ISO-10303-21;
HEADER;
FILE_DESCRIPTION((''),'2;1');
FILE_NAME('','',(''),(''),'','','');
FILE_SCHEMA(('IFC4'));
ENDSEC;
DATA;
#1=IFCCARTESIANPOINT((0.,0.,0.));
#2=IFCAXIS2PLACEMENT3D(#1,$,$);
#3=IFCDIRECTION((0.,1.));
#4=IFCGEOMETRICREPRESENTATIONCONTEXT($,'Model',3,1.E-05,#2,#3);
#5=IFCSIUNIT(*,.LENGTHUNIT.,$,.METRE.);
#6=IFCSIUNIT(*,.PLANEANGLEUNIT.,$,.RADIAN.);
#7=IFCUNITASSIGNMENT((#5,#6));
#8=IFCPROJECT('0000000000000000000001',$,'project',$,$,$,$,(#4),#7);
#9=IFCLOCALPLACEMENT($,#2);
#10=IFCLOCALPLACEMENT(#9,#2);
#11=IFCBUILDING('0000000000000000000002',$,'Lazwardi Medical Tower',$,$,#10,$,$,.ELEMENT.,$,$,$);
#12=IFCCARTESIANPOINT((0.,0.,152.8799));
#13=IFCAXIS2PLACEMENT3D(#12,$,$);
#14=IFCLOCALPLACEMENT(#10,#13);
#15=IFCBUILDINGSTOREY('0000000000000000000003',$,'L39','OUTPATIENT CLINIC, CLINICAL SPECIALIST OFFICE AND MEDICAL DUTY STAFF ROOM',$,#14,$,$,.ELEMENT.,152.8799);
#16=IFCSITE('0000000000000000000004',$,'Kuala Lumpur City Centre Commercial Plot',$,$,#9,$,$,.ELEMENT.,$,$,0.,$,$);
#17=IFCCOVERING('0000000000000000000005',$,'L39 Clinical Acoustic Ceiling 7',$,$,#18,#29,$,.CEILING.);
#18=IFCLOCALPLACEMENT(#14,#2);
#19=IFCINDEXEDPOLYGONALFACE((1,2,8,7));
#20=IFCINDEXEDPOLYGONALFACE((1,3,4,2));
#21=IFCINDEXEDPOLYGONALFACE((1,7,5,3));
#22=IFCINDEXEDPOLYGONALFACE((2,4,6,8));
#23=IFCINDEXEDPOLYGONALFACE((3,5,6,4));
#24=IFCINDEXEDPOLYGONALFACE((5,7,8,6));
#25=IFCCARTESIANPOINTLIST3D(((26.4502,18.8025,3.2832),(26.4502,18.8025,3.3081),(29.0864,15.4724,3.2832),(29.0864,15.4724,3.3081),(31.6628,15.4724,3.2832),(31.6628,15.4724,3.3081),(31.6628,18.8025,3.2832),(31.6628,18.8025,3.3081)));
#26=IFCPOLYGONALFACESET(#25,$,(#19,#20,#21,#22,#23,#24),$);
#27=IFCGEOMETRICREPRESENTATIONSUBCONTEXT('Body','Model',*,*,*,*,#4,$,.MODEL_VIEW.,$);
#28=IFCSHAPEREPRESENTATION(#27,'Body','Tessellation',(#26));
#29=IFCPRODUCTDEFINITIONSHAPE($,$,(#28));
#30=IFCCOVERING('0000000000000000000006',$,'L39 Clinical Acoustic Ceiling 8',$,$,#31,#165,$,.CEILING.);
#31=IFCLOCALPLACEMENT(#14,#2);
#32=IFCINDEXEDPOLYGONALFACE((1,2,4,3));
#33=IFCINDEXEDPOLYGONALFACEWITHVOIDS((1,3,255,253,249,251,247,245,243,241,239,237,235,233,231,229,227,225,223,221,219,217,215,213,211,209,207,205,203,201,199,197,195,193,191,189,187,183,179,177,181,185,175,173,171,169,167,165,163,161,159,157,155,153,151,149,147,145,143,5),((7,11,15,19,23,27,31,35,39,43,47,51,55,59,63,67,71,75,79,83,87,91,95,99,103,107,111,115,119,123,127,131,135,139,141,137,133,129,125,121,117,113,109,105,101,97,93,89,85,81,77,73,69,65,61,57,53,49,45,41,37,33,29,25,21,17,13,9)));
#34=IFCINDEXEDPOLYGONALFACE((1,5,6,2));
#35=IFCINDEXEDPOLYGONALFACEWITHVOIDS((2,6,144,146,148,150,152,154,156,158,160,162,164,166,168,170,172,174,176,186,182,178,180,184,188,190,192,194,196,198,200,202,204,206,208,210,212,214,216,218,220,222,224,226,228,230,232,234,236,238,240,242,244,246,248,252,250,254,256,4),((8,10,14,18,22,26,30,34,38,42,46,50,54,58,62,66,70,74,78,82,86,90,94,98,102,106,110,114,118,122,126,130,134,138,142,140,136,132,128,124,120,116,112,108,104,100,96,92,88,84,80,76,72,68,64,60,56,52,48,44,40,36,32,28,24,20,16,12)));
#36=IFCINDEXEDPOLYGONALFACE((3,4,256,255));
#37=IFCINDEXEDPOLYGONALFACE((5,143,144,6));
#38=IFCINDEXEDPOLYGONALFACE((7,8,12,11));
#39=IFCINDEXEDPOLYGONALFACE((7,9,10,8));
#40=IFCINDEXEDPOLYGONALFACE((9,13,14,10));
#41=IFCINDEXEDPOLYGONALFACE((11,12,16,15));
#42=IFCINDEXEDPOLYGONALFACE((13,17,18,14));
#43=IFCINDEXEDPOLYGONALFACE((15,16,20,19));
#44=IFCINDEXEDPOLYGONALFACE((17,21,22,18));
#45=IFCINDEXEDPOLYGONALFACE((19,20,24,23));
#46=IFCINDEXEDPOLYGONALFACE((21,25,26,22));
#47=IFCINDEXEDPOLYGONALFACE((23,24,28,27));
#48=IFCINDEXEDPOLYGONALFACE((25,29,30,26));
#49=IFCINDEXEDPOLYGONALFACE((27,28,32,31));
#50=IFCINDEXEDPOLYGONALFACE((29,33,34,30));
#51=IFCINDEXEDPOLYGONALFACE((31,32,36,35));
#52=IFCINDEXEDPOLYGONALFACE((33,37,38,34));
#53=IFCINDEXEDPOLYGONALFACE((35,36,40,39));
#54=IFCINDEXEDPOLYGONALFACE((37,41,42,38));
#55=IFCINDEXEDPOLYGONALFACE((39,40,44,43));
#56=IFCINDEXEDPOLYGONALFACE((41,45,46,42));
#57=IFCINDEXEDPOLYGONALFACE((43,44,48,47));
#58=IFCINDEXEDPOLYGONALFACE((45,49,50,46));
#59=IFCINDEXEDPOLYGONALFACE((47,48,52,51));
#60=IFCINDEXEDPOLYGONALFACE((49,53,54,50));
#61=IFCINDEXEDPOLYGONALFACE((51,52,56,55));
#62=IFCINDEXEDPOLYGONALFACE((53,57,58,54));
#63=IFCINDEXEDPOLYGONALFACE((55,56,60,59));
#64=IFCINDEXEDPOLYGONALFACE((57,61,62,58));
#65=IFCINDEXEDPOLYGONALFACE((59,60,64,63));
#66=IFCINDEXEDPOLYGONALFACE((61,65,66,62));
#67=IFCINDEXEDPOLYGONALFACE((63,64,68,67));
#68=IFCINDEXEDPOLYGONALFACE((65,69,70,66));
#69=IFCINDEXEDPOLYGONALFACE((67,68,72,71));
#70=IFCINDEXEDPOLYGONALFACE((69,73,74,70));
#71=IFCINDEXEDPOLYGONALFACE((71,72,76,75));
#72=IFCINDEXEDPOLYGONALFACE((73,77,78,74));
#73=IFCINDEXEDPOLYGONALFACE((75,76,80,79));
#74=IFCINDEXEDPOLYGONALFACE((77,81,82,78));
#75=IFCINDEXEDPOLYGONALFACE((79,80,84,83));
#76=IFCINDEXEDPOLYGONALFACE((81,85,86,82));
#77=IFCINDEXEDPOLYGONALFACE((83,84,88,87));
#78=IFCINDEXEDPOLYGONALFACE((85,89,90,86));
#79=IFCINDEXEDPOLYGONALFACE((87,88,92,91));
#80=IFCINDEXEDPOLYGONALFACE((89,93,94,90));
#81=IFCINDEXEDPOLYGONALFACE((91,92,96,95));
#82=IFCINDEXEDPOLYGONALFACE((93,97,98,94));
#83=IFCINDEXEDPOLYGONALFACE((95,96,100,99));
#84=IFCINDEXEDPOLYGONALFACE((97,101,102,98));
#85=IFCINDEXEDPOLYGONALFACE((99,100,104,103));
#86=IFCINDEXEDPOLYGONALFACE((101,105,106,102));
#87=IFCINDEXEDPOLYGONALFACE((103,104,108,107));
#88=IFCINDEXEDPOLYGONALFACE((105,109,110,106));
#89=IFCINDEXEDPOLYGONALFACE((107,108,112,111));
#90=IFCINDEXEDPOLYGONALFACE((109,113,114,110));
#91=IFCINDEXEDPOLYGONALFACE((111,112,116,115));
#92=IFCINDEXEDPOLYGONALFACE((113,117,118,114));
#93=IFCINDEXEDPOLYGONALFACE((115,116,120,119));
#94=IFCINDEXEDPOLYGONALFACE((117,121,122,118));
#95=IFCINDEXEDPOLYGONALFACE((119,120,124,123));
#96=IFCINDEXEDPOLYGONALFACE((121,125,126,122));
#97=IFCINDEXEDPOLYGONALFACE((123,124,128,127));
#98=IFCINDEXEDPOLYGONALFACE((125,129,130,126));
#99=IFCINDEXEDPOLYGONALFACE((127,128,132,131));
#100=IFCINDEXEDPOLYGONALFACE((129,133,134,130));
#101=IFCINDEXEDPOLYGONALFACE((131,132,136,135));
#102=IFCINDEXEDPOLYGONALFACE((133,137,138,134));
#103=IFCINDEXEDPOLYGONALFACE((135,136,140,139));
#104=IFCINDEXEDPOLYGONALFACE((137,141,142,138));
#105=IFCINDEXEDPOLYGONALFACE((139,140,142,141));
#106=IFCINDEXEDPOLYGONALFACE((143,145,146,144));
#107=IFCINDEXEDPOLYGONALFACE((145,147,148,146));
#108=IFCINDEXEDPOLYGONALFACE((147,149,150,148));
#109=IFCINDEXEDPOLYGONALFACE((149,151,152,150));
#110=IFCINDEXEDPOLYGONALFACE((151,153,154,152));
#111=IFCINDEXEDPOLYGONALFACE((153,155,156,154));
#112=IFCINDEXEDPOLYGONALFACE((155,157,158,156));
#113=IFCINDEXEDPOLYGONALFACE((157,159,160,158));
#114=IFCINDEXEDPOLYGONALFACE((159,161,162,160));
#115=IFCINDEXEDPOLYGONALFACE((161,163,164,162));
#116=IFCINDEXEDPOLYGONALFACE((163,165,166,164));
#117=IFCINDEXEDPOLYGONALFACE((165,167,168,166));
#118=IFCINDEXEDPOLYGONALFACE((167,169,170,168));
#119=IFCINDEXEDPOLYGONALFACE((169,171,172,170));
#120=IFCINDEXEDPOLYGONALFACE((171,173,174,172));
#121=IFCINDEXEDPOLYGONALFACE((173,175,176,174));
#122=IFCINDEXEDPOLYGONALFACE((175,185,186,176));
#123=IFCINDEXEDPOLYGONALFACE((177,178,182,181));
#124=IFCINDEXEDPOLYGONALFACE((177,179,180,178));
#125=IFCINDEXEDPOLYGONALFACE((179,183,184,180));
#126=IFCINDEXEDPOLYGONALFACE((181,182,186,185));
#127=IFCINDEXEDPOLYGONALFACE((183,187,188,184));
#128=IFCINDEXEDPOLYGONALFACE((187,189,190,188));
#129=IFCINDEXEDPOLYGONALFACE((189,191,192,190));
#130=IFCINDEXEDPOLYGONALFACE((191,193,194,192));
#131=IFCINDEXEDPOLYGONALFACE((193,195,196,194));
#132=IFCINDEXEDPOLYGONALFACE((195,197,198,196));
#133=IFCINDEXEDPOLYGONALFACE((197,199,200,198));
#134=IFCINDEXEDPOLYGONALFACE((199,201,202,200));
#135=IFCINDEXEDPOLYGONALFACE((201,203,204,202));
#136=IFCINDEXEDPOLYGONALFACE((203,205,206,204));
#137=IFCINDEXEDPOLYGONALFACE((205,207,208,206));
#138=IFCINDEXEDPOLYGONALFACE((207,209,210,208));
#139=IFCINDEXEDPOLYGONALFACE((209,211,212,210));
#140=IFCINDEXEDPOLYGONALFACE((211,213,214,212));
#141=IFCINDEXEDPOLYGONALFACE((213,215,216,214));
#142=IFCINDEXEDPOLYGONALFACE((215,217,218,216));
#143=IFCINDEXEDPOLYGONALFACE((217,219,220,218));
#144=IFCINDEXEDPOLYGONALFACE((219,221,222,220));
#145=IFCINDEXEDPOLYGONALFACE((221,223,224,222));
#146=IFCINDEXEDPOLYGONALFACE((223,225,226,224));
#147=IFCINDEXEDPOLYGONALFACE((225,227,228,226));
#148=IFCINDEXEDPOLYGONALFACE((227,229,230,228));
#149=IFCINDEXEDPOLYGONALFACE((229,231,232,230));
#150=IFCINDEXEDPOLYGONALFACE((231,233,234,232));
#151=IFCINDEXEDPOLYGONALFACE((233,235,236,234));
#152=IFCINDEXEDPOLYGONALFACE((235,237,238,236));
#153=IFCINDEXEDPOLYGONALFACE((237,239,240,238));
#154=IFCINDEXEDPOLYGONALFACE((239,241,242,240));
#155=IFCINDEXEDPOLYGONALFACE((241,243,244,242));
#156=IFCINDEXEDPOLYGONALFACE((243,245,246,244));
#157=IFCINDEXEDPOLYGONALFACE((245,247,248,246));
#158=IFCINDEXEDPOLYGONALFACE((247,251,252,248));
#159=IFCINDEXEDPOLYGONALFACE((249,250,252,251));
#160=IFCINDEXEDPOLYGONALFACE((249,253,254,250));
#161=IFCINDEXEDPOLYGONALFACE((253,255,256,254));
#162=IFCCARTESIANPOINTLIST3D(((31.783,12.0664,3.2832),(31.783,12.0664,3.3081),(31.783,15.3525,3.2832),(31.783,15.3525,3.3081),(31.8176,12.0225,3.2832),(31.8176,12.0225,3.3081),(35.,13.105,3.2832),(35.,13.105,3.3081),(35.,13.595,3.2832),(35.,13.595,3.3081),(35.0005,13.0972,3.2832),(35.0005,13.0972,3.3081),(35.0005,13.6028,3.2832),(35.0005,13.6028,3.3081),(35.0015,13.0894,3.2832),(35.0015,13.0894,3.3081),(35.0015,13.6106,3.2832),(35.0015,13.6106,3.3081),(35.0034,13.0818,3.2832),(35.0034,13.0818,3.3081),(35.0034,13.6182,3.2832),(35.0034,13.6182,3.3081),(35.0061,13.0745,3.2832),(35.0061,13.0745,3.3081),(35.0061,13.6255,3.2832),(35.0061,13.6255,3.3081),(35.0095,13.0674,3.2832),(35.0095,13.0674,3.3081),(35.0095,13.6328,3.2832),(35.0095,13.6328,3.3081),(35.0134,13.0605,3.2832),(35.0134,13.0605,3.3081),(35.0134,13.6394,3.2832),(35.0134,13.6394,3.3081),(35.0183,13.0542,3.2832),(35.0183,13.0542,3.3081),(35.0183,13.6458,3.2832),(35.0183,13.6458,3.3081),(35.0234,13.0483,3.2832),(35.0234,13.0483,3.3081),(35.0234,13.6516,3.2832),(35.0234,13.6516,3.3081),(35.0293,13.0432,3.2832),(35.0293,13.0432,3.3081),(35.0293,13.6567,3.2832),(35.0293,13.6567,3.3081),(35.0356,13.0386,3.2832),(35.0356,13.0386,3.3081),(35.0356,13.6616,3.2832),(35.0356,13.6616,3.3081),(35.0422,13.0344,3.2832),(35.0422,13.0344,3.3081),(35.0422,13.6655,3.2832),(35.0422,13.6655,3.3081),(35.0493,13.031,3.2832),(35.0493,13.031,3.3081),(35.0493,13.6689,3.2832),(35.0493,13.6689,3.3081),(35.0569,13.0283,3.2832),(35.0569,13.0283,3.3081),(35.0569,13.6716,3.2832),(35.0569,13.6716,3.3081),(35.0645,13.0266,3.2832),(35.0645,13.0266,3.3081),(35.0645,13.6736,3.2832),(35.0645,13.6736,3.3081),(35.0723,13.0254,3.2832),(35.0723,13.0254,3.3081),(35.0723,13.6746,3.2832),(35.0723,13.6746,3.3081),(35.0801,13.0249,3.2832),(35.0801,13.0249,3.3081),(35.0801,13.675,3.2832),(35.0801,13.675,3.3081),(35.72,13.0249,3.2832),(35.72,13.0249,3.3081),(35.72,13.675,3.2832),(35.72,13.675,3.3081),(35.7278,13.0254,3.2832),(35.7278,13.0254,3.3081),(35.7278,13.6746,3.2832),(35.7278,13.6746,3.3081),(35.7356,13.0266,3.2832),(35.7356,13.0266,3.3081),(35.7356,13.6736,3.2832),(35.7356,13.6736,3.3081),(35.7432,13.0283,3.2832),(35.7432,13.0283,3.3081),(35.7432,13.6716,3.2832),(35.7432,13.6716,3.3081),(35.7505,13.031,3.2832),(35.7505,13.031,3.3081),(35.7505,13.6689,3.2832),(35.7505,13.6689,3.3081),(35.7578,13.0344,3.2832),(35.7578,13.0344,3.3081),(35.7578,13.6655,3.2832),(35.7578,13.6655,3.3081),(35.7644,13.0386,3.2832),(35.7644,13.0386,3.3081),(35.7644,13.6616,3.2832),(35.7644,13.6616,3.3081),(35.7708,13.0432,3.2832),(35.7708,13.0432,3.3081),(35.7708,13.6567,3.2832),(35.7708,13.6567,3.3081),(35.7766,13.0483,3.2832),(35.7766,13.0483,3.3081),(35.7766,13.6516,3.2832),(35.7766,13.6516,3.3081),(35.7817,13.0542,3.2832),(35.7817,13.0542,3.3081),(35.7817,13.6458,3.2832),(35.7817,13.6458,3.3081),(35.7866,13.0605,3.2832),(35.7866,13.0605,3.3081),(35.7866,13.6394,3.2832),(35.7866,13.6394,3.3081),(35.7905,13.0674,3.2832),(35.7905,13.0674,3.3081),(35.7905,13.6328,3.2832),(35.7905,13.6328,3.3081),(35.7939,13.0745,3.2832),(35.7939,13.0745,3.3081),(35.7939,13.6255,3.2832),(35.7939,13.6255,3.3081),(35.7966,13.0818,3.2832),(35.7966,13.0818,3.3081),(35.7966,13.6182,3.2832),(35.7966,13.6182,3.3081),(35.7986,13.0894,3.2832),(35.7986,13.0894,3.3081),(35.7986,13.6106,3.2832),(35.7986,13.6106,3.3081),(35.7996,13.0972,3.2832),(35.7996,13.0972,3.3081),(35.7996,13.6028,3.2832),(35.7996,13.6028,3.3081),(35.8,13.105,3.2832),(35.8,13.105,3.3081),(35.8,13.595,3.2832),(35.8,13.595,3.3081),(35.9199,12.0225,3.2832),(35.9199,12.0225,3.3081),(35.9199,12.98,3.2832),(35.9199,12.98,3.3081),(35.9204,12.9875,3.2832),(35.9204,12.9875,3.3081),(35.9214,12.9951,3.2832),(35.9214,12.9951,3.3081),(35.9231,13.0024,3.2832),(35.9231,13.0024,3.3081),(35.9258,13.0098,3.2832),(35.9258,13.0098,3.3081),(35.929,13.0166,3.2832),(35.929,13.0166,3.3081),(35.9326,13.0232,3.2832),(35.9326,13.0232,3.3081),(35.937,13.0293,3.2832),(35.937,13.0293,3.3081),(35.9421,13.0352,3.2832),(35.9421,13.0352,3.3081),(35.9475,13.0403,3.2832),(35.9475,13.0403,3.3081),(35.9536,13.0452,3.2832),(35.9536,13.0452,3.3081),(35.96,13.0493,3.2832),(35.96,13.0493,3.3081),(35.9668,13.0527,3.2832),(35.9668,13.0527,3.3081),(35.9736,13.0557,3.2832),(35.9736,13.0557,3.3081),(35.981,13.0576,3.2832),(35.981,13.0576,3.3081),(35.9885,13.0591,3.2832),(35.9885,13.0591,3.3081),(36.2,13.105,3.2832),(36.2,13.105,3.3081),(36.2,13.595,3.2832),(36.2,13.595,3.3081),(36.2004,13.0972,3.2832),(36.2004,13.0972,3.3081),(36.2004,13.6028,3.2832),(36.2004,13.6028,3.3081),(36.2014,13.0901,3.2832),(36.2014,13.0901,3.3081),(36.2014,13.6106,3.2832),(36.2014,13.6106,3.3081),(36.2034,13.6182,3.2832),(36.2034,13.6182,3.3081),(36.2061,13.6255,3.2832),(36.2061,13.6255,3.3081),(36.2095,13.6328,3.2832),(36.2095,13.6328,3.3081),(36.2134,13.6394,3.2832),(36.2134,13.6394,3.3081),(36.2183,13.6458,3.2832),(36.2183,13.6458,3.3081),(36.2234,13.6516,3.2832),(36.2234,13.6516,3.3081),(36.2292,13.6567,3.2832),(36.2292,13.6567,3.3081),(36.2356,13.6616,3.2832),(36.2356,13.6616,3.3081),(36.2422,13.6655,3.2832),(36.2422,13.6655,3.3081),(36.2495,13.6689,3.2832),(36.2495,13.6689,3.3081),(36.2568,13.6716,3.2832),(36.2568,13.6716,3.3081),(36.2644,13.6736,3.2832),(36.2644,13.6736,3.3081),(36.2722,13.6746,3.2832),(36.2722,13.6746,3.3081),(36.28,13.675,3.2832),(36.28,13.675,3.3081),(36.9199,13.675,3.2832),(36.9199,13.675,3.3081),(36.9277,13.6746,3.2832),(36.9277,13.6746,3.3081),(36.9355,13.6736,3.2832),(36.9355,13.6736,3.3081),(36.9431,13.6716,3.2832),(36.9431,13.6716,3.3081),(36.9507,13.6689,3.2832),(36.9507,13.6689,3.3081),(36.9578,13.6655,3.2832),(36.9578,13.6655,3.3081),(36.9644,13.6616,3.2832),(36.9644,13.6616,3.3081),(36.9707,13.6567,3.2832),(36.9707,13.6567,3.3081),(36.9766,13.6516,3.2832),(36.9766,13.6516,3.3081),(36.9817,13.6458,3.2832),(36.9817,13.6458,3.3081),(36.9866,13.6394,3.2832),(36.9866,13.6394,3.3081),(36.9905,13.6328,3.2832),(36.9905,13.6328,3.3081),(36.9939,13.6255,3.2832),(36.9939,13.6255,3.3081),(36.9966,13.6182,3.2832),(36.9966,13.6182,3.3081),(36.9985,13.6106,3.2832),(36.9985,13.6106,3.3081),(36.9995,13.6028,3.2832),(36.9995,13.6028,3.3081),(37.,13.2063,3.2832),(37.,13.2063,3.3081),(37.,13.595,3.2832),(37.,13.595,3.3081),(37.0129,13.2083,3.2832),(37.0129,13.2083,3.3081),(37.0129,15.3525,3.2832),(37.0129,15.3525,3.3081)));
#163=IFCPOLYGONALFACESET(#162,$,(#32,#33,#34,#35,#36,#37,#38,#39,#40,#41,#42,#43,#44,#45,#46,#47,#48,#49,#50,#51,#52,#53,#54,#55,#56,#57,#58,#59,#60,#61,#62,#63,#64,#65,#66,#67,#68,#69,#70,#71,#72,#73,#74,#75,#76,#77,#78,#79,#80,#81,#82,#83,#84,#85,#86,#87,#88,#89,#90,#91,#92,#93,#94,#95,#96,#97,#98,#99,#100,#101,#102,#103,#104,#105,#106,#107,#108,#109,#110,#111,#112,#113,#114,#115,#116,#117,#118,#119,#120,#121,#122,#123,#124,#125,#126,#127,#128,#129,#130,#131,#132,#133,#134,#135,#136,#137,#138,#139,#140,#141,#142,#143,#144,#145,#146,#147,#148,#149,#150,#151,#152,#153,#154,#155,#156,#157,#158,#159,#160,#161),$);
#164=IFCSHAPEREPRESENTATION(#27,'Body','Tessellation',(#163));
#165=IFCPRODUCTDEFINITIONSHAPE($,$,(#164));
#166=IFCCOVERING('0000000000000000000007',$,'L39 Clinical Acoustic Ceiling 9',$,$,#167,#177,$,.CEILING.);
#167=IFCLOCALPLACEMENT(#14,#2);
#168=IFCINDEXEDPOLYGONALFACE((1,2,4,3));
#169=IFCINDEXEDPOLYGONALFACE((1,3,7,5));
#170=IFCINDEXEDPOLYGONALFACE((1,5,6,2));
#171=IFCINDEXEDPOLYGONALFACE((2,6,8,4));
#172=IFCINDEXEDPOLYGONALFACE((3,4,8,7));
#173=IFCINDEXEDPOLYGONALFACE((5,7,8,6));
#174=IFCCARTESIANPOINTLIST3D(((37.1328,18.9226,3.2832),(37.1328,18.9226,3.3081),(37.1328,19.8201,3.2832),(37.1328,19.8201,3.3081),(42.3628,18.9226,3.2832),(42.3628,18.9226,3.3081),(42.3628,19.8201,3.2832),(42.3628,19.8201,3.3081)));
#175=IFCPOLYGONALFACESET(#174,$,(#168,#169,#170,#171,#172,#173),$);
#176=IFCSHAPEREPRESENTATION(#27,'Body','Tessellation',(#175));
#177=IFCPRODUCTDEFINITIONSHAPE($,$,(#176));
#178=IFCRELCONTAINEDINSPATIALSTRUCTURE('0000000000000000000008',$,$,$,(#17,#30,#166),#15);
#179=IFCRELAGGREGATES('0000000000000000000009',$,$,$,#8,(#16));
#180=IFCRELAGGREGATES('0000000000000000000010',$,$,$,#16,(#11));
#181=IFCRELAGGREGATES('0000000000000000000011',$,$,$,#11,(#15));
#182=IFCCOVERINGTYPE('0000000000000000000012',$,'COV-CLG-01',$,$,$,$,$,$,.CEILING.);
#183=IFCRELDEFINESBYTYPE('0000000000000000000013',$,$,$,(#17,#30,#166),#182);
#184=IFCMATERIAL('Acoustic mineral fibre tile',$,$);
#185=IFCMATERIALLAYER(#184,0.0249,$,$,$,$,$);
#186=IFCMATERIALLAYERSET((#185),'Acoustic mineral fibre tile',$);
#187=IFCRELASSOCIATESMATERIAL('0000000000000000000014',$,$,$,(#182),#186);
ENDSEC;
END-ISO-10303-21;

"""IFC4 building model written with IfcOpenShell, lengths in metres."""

from ifc_helpers import new_model, si_unit, direction, frame, origin, place, context, subcontext, project, spatial, polyline, outline, extrude, material, layer, layer_set, type_object, element, save


model = new_model("IFC4")

# Units and contexts
model_context = context("Model", 3, precision=1e-05, world=origin(), true_north=direction((0.0, 1.0)))
body_context = subcontext(model_context, "Body", "Model", "MODEL_VIEW")
ifc_project = project(units=[si_unit("LENGTHUNIT", "METRE"), si_unit("PLANEANGLEUNIT", "RADIAN")], contexts=[model_context])

# Site, building, storey
site_placement = place(None, origin())
site = spatial("IfcSite", under=ifc_project, at=site_placement, Name="Kuala Lumpur City Centre Commercial Plot", CompositionType="ELEMENT", RefElevation=0.0)
building_placement = place(site_placement, origin())
building = spatial("IfcBuilding", under=site, at=building_placement, Name="Lazwardi Medical Tower", CompositionType="ELEMENT")
storey_placement = place(building_placement, frame((0.0, 0.0, 152.8799)))
storey = spatial("IfcBuildingStorey", under=building, at=storey_placement, Name="L39", Description="OUTPATIENT CLINIC, CLINICAL SPECIALIST OFFICE AND MEDICAL DUTY STAFF ROOM", CompositionType="ELEMENT", Elevation=152.8799)

# Coverings
ifc_material_1 = material(Name="Acoustic mineral fibre tile")
ifc_layer_1 = layer(ifc_material_1, 0.0249)
ifc_layer_set_1 = layer_set([ifc_layer_1], Name="Acoustic mineral fibre tile")
covering_type_1 = type_object("IfcCoveringType", Name="COV-CLG-01", PredefinedType="CEILING", material=ifc_layer_set_1)
covering_1_placement = place(storey_placement, frame((0.0, 0.0, 3.2832)))
element("IfcCovering", 1, at=covering_1_placement, inside=storey, type_object=covering_type_1, Name="L39 Clinical Acoustic Ceiling 7", PredefinedType="CEILING", context=body_context, shape_type="SweptSolid", body=[
    extrude(outline(polyline([(26.4502, 18.8025), (29.0864, 15.4724), (31.6628, 15.4724), (31.6628, 18.8025), (26.4502, 18.8025)])), origin(), (0.0, 0.0, 1.0), 0.0249),
])
covering_2_placement = place(storey_placement, frame((0.0, 0.0, 3.2832)))
element("IfcCovering", 2, at=covering_2_placement, inside=storey, type_object=covering_type_1, Name="L39 Clinical Acoustic Ceiling 8", PredefinedType="CEILING", context=body_context, shape_type="SweptSolid", body=[
    extrude(outline(polyline([(31.783, 12.0664), (31.8176, 12.0225), (35.9199, 12.0225), (35.9199, 12.98), (35.9204, 12.9875), (35.9214, 12.9951), (35.9231, 13.0024), (35.9258, 13.0098), (35.929, 13.0166), (35.9326, 13.0232), (35.937, 13.0293), (35.9421, 13.0352), (35.9475, 13.0403), (35.9536, 13.0452), (35.96, 13.0493), (35.9668, 13.0527), (35.9736, 13.0557), (35.981, 13.0576), (35.9885, 13.0591), (36.2014, 13.0901), (36.2004, 13.0972), (36.2, 13.105), (36.2, 13.595), (36.2004, 13.6028), (36.2014, 13.6106), (36.2034, 13.6182), (36.2061, 13.6255), (36.2095, 13.6328), (36.2134, 13.6394), (36.2183, 13.6458), (36.2234, 13.6516), (36.2292, 13.6567), (36.2356, 13.6616), (36.2422, 13.6655), (36.2495, 13.6689), (36.2568, 13.6716), (36.2644, 13.6736), (36.2722, 13.6746), (36.28, 13.675), (36.9199, 13.675), (36.9277, 13.6746), (36.9355, 13.6736), (36.9431, 13.6716), (36.9507, 13.6689), (36.9578, 13.6655), (36.9644, 13.6616), (36.9707, 13.6567), (36.9766, 13.6516), (36.9817, 13.6458), (36.9866, 13.6394), (36.9905, 13.6328), (36.9939, 13.6255), (36.9966, 13.6182), (36.9985, 13.6106), (36.9995, 13.6028), (37.0, 13.595), (37.0, 13.2063), (37.0129, 13.2083), (37.0129, 15.3525), (31.783, 15.3525), (31.783, 12.0664)]), holes=[polyline([(35.7432, 13.0283), (35.7356, 13.0266), (35.7278, 13.0254), (35.72, 13.0249), (35.0801, 13.0249), (35.0723, 13.0254), (35.0645, 13.0266), (35.0569, 13.0283), (35.0493, 13.031), (35.0422, 13.0344), (35.0356, 13.0386), (35.0293, 13.0432), (35.0234, 13.0483), (35.0183, 13.0542), (35.0134, 13.0605), (35.0095, 13.0674), (35.0061, 13.0745), (35.0034, 13.0818), (35.0015, 13.0894), (35.0005, 13.0972), (35.0, 13.105), (35.0, 13.595), (35.0005, 13.6028), (35.0015, 13.6106), (35.0034, 13.6182), (35.0061, 13.6255), (35.0095, 13.6328), (35.0134, 13.6394), (35.0183, 13.6458), (35.0234, 13.6516), (35.0293, 13.6567), (35.0356, 13.6616), (35.0422, 13.6655), (35.0493, 13.6689), (35.0569, 13.6716), (35.0645, 13.6736), (35.0723, 13.6746), (35.0801, 13.675), (35.72, 13.675), (35.7278, 13.6746), (35.7356, 13.6736), (35.7432, 13.6716), (35.7505, 13.6689), (35.7578, 13.6655), (35.7644, 13.6616), (35.7708, 13.6567), (35.7766, 13.6516), (35.7817, 13.6458), (35.7866, 13.6394), (35.7905, 13.6328), (35.7939, 13.6255), (35.7966, 13.6182), (35.7986, 13.6106), (35.7996, 13.6028), (35.8, 13.595), (35.8, 13.105), (35.7996, 13.0972), (35.7986, 13.0894), (35.7966, 13.0818), (35.7939, 13.0745), (35.7905, 13.0674), (35.7866, 13.0605), (35.7817, 13.0542), (35.7766, 13.0483), (35.7708, 13.0432), (35.7644, 13.0386), (35.7578, 13.0344), (35.7505, 13.031), (35.7432, 13.0283)])]), origin(), (0.0, 0.0, 1.0), 0.0249),
])
covering_3_placement = place(storey_placement, frame((0.0, 0.0, 3.2832)))
element("IfcCovering", 3, at=covering_3_placement, inside=storey, type_object=covering_type_1, Name="L39 Clinical Acoustic Ceiling 9", PredefinedType="CEILING", context=body_context, shape_type="SweptSolid", body=[
    extrude(outline(polyline([(42.3628, 19.8201), (37.1328, 19.8201), (37.1328, 18.9226), (42.3628, 18.9226), (42.3628, 19.8201)])), origin(), (0.0, 0.0, 1.0), 0.0249),
])

save(model, "model.ifc")
